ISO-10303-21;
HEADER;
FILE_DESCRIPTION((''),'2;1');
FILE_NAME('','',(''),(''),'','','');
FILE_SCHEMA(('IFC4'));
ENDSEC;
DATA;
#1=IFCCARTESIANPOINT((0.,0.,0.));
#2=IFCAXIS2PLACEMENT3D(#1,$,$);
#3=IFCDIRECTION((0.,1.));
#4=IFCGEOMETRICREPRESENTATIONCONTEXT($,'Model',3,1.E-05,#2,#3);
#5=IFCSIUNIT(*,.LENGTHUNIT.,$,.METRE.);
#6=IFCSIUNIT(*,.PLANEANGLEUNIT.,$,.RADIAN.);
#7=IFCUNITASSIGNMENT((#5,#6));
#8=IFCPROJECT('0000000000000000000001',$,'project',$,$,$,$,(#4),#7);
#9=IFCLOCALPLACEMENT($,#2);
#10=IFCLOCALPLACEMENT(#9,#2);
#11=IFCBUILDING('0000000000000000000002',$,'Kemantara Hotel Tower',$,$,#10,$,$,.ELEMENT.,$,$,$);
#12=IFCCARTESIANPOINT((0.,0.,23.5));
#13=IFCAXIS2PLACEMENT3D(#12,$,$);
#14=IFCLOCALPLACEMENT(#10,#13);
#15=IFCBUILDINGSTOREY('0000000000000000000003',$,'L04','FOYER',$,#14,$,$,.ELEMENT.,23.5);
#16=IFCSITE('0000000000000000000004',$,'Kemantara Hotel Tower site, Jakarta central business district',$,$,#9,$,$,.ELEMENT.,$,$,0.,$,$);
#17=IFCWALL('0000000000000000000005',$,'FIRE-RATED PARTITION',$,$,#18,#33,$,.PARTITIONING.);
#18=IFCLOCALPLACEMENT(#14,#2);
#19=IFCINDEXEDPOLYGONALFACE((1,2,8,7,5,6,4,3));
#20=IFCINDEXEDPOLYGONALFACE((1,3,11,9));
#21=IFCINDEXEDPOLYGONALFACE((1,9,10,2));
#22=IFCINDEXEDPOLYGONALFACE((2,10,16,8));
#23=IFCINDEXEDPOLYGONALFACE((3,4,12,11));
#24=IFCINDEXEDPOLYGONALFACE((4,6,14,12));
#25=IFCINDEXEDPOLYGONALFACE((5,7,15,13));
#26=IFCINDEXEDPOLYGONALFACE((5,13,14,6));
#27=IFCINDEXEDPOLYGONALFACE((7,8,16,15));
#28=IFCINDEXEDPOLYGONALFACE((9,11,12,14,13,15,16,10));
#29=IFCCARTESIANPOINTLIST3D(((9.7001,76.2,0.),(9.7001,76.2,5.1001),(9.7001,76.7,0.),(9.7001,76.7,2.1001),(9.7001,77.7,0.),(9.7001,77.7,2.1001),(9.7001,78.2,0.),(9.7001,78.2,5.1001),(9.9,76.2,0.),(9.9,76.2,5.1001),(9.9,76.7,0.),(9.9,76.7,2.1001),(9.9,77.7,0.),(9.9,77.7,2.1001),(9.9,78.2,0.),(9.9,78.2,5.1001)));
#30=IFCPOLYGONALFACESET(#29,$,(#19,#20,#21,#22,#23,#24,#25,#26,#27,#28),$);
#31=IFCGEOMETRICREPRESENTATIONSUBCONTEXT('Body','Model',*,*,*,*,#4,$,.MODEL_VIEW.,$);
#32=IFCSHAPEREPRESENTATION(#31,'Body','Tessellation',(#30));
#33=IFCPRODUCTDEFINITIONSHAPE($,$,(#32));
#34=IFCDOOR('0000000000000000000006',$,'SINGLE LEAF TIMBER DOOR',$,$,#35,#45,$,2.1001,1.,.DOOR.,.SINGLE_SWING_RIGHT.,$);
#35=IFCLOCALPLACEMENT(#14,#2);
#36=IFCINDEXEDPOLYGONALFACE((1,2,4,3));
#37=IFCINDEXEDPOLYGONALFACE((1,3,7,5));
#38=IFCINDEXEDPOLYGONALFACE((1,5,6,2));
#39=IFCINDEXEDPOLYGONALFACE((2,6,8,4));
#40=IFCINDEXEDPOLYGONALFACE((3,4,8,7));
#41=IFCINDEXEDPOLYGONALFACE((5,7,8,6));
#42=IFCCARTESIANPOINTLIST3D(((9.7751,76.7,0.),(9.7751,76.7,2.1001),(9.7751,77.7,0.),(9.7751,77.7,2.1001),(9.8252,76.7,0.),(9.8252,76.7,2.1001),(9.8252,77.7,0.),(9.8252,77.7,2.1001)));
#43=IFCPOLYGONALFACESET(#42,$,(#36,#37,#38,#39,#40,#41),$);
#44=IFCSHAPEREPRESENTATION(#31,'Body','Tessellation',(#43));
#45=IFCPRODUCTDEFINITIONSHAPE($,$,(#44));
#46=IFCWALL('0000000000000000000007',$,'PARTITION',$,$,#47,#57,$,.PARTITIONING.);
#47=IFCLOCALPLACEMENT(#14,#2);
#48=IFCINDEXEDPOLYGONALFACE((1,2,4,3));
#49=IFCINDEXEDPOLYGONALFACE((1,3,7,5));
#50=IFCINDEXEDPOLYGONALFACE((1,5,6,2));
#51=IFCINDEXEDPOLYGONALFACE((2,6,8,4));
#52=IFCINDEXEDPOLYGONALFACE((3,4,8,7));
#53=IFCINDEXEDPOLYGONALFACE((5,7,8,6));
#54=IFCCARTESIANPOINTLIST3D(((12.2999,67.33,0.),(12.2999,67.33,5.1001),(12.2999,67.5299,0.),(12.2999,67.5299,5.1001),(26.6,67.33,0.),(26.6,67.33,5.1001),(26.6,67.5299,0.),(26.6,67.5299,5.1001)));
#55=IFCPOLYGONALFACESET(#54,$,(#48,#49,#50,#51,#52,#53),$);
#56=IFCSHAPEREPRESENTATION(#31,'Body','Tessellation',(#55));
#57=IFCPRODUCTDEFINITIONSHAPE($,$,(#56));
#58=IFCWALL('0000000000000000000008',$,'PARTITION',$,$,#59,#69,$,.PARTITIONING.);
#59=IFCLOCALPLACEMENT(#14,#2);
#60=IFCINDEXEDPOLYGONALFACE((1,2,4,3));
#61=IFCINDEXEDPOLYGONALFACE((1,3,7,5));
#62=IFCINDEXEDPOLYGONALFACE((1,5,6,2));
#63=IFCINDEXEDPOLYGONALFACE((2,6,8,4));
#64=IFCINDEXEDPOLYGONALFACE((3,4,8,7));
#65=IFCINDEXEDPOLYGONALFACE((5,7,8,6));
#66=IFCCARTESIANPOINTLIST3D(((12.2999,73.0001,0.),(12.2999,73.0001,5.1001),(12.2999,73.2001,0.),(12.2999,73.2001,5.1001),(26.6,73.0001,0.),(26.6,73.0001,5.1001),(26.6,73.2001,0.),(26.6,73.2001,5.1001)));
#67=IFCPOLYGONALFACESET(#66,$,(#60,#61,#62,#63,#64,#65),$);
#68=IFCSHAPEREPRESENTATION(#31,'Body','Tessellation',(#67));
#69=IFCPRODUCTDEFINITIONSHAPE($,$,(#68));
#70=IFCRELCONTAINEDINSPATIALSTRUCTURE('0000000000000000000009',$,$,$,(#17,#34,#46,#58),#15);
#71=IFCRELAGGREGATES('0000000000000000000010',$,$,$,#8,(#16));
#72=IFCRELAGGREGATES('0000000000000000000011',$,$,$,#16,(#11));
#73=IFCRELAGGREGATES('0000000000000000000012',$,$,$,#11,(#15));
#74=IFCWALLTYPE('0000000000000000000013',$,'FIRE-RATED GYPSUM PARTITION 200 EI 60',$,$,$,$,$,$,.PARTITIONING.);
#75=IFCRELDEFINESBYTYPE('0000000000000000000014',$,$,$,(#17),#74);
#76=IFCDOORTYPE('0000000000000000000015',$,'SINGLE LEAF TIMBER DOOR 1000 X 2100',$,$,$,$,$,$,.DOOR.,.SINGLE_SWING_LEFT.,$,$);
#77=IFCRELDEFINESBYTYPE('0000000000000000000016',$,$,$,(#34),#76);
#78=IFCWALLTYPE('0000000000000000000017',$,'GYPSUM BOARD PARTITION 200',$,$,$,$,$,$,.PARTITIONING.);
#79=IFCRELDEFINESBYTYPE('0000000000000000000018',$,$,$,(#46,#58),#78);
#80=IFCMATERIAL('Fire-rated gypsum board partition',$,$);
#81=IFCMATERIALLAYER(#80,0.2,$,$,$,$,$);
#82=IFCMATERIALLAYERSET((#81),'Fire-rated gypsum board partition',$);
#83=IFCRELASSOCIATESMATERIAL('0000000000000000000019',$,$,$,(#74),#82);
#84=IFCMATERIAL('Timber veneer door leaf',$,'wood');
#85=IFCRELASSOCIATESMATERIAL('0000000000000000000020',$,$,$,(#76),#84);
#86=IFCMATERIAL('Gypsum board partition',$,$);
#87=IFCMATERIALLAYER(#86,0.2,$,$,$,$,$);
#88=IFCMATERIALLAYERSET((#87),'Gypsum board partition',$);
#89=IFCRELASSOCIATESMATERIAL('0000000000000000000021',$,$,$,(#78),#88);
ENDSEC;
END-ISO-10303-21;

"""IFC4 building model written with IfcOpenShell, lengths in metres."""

from ifc_helpers import new_model, si_unit, direction, frame, frame_2d, origin, place, context, subcontext, project, spatial, rectangle, extrude, material, layer, layer_set, type_object, element, fill, save


model = new_model("IFC4")

# Units and contexts
model_context = context("Model", 3, precision=1e-05, world=origin(), true_north=direction((0.0, 1.0)))
body_context = subcontext(model_context, "Body", "Model", "MODEL_VIEW")
ifc_project = project(units=[si_unit("LENGTHUNIT", "METRE"), si_unit("PLANEANGLEUNIT", "RADIAN")], contexts=[model_context])

# Site, building, storey
site_placement = place(None, origin())
site = spatial("IfcSite", under=ifc_project, at=site_placement, Name="Kemantara Hotel Tower site, Jakarta central business district", CompositionType="ELEMENT", RefElevation=0.0)
building_placement = place(site_placement, origin())
building = spatial("IfcBuilding", under=site, at=building_placement, Name="Kemantara Hotel Tower", CompositionType="ELEMENT")
storey_placement = place(building_placement, frame((0.0, 0.0, 23.5)))
storey = spatial("IfcBuildingStorey", under=building, at=storey_placement, Name="L04", Description="FOYER", CompositionType="ELEMENT", Elevation=23.5)

# Wall, opening, door
ifc_material_1 = material(Name="Fire-rated gypsum board partition")
ifc_layer_1 = layer(ifc_material_1, 0.2)
ifc_layer_set_1 = layer_set([ifc_layer_1], Name="Fire-rated gypsum board partition")
wall_type_1 = type_object("IfcWallType", Name="FIRE-RATED GYPSUM PARTITION 200 EI 60", PredefinedType="PARTITIONING", material=ifc_layer_set_1)
wall_placement = place(storey_placement, frame((9.8, 76.2, 0.0), z_axis=(0.0, 0.0, 1.0), x_axis=(0.0, 1.0, 0.0)))
wall = element("IfcWall", 1, at=wall_placement, inside=storey, type_object=wall_type_1, Name="FIRE-RATED PARTITION", PredefinedType="PARTITIONING", context=body_context, shape_type="SweptSolid", body=[
    extrude(rectangle(XDim=2.0, YDim=0.2, at=frame_2d((1.0, 0.0))), origin(), (0.0, 0.0, 1.0), 5.1001),
])
opening_placement = place(wall_placement, frame((0.5, 0.0, 0.0)))
opening = element("IfcOpeningElement", 2, at=opening_placement, cuts=wall, PredefinedType="OPENING", context=body_context, shape_type="SweptSolid", body=[
    extrude(rectangle(XDim=1.0, YDim=2.1001, at=frame_2d((0.5, 1.05))), frame((0.0, 0.1099, 0.0), z_axis=(0.0, -1.0, 0.0), x_axis=(1.0, 0.0, 0.0)), (0.0, 0.0, 1.0), 0.22),
])
ifc_material_2 = material(Name="Timber veneer door leaf", Category="wood")
door_type = type_object("IfcDoorType", Name="SINGLE LEAF TIMBER DOOR 1000 X 2100", OperationType="SINGLE_SWING_LEFT", PredefinedType="DOOR", material=ifc_material_2)
door_placement = place(opening_placement, origin())
door = element("IfcDoor", 3, at=door_placement, inside=storey, type_object=door_type, Name="SINGLE LEAF TIMBER DOOR", OperationType="SINGLE_SWING_RIGHT", OverallHeight=2.1001, OverallWidth=1.0, PredefinedType="DOOR", context=body_context, shape_type="SweptSolid", body=[
    extrude(rectangle(XDim=1.0, YDim=2.1001, at=frame_2d((0.5, 1.05))), frame((0.0, 0.0249, 0.0), z_axis=(0.0, -1.0, 0.0), x_axis=(1.0, 0.0, 0.0)), (0.0, 0.0, 1.0), 0.05),
])
fill(opening, door)

# Walls
ifc_material_3 = material(Name="Gypsum board partition")
ifc_layer_2 = layer(ifc_material_3, 0.2)
ifc_layer_set_2 = layer_set([ifc_layer_2], Name="Gypsum board partition")
wall_type_2 = type_object("IfcWallType", Name="GYPSUM BOARD PARTITION 200", PredefinedType="PARTITIONING", material=ifc_layer_set_2)
for number, where, z_axis, x_axis, name in (
    (4, (12.3, 67.4299, 0.0), (0.0, 0.0, 1.0), (1.0, 0.0, 0.0), "PARTITION"),
    (5, (12.3, 73.1001, 0.0), (0.0, 0.0, 1.0), (1.0, 0.0, 0.0), "PARTITION"),
):
    element("IfcWall", number, at=place(storey_placement, frame(where, z_axis=z_axis, x_axis=x_axis)), inside=storey, type_object=wall_type_2, Name=name, PredefinedType="PARTITIONING", context=body_context, shape_type="SweptSolid", body=[
        extrude(rectangle(XDim=14.3, YDim=0.2, at=frame_2d((7.1499, 0.0))), origin(), (0.0, 0.0, 1.0), 5.1001),
    ])

save(model, "model.ifc")
